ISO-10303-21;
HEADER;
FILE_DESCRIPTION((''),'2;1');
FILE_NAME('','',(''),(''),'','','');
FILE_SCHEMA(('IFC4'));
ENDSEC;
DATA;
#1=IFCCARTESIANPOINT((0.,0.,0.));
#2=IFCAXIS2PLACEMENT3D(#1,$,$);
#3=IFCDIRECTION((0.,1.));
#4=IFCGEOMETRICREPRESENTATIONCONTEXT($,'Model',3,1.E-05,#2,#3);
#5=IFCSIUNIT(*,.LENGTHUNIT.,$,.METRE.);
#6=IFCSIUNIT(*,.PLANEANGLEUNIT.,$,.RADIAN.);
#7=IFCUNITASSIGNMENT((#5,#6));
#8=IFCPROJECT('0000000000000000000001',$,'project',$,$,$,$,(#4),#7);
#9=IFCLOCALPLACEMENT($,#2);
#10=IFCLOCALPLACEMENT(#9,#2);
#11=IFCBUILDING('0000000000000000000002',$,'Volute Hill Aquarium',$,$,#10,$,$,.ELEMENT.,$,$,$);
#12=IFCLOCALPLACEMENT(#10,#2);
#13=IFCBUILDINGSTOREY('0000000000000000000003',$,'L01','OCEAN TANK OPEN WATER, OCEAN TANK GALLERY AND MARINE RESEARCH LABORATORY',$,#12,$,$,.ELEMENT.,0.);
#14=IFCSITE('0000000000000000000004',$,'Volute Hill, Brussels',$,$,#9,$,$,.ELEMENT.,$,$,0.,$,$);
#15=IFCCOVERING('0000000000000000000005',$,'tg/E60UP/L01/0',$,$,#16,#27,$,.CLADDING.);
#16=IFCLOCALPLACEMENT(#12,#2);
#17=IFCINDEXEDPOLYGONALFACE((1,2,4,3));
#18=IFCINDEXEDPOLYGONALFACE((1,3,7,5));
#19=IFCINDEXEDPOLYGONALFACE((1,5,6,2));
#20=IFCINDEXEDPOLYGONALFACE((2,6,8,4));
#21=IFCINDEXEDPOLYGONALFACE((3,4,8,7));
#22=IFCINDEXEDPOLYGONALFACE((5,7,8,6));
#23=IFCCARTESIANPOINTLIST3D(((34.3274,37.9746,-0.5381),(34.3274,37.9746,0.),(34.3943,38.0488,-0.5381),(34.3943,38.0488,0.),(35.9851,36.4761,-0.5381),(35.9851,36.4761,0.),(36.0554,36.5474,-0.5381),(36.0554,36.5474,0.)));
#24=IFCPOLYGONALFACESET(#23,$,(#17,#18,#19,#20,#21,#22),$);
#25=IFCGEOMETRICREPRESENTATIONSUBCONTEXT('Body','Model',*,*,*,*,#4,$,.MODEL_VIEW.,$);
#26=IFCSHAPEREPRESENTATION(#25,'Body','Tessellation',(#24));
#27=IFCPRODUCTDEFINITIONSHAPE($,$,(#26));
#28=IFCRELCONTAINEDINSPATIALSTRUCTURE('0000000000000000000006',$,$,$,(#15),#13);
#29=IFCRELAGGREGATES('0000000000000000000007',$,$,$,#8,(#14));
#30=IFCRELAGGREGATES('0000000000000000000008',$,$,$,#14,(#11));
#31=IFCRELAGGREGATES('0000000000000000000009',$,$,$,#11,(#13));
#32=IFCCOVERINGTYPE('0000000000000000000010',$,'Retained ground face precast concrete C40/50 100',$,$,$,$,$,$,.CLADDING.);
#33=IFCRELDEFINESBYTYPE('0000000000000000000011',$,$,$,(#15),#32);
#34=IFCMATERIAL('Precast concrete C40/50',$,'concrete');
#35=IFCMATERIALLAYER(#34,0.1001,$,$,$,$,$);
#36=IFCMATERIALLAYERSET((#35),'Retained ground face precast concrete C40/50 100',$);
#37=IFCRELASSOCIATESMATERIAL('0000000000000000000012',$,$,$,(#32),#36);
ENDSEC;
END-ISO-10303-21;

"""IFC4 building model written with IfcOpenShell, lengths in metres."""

from ifc_helpers import new_model, si_unit, direction, frame, origin, place, context, subcontext, project, spatial, polyline, outline, extrude, material, layer, layer_set, type_object, element, save


model = new_model("IFC4")

# Units and contexts
model_context = context("Model", 3, precision=1e-05, world=origin(), true_north=direction((0.0, 1.0)))
body_context = subcontext(model_context, "Body", "Model", "MODEL_VIEW")
ifc_project = project(units=[si_unit("LENGTHUNIT", "METRE"), si_unit("PLANEANGLEUNIT", "RADIAN")], contexts=[model_context])

# Site, building, storey
site_placement = place(None, origin())
site = spatial("IfcSite", under=ifc_project, at=site_placement, Name="Volute Hill, Brussels", CompositionType="ELEMENT", RefElevation=0.0)
building_placement = place(site_placement, origin())
building = spatial("IfcBuilding", under=site, at=building_placement, Name="Volute Hill Aquarium", CompositionType="ELEMENT")
storey_placement = place(building_placement, origin())
storey = spatial("IfcBuildingStorey", under=building, at=storey_placement, Name="L01", Description="OCEAN TANK OPEN WATER, OCEAN TANK GALLERY AND MARINE RESEARCH LABORATORY", CompositionType="ELEMENT", Elevation=0.0)

# Covering
ifc_material_1 = material(Name="Precast concrete C40/50", Category="concrete")
ifc_layer_1 = layer(ifc_material_1, 0.1001)
ifc_layer_set_1 = layer_set([ifc_layer_1], Name="Retained ground face precast concrete C40/50 100")
covering_type = type_object("IfcCoveringType", Name="Retained ground face precast concrete C40/50 100", PredefinedType="CLADDING", material=ifc_layer_set_1)
covering_1_placement = place(storey_placement, frame((0.0, 0.0, -0.5381)))
element("IfcCovering", 1, at=covering_1_placement, inside=storey, type_object=covering_type, Name="tg/E60UP/L01/0", PredefinedType="CLADDING", context=body_context, shape_type="SweptSolid", body=[
    extrude(outline(polyline([(36.0554, 36.5474), (34.3943, 38.0488), (34.3274, 37.9746), (35.9851, 36.4761), (35.9851, 36.4761), (36.0554, 36.5474), (36.0554, 36.5474)])), origin(), (0.0, 0.0, 1.0), 0.5381),
])

save(model, "model.ifc")
